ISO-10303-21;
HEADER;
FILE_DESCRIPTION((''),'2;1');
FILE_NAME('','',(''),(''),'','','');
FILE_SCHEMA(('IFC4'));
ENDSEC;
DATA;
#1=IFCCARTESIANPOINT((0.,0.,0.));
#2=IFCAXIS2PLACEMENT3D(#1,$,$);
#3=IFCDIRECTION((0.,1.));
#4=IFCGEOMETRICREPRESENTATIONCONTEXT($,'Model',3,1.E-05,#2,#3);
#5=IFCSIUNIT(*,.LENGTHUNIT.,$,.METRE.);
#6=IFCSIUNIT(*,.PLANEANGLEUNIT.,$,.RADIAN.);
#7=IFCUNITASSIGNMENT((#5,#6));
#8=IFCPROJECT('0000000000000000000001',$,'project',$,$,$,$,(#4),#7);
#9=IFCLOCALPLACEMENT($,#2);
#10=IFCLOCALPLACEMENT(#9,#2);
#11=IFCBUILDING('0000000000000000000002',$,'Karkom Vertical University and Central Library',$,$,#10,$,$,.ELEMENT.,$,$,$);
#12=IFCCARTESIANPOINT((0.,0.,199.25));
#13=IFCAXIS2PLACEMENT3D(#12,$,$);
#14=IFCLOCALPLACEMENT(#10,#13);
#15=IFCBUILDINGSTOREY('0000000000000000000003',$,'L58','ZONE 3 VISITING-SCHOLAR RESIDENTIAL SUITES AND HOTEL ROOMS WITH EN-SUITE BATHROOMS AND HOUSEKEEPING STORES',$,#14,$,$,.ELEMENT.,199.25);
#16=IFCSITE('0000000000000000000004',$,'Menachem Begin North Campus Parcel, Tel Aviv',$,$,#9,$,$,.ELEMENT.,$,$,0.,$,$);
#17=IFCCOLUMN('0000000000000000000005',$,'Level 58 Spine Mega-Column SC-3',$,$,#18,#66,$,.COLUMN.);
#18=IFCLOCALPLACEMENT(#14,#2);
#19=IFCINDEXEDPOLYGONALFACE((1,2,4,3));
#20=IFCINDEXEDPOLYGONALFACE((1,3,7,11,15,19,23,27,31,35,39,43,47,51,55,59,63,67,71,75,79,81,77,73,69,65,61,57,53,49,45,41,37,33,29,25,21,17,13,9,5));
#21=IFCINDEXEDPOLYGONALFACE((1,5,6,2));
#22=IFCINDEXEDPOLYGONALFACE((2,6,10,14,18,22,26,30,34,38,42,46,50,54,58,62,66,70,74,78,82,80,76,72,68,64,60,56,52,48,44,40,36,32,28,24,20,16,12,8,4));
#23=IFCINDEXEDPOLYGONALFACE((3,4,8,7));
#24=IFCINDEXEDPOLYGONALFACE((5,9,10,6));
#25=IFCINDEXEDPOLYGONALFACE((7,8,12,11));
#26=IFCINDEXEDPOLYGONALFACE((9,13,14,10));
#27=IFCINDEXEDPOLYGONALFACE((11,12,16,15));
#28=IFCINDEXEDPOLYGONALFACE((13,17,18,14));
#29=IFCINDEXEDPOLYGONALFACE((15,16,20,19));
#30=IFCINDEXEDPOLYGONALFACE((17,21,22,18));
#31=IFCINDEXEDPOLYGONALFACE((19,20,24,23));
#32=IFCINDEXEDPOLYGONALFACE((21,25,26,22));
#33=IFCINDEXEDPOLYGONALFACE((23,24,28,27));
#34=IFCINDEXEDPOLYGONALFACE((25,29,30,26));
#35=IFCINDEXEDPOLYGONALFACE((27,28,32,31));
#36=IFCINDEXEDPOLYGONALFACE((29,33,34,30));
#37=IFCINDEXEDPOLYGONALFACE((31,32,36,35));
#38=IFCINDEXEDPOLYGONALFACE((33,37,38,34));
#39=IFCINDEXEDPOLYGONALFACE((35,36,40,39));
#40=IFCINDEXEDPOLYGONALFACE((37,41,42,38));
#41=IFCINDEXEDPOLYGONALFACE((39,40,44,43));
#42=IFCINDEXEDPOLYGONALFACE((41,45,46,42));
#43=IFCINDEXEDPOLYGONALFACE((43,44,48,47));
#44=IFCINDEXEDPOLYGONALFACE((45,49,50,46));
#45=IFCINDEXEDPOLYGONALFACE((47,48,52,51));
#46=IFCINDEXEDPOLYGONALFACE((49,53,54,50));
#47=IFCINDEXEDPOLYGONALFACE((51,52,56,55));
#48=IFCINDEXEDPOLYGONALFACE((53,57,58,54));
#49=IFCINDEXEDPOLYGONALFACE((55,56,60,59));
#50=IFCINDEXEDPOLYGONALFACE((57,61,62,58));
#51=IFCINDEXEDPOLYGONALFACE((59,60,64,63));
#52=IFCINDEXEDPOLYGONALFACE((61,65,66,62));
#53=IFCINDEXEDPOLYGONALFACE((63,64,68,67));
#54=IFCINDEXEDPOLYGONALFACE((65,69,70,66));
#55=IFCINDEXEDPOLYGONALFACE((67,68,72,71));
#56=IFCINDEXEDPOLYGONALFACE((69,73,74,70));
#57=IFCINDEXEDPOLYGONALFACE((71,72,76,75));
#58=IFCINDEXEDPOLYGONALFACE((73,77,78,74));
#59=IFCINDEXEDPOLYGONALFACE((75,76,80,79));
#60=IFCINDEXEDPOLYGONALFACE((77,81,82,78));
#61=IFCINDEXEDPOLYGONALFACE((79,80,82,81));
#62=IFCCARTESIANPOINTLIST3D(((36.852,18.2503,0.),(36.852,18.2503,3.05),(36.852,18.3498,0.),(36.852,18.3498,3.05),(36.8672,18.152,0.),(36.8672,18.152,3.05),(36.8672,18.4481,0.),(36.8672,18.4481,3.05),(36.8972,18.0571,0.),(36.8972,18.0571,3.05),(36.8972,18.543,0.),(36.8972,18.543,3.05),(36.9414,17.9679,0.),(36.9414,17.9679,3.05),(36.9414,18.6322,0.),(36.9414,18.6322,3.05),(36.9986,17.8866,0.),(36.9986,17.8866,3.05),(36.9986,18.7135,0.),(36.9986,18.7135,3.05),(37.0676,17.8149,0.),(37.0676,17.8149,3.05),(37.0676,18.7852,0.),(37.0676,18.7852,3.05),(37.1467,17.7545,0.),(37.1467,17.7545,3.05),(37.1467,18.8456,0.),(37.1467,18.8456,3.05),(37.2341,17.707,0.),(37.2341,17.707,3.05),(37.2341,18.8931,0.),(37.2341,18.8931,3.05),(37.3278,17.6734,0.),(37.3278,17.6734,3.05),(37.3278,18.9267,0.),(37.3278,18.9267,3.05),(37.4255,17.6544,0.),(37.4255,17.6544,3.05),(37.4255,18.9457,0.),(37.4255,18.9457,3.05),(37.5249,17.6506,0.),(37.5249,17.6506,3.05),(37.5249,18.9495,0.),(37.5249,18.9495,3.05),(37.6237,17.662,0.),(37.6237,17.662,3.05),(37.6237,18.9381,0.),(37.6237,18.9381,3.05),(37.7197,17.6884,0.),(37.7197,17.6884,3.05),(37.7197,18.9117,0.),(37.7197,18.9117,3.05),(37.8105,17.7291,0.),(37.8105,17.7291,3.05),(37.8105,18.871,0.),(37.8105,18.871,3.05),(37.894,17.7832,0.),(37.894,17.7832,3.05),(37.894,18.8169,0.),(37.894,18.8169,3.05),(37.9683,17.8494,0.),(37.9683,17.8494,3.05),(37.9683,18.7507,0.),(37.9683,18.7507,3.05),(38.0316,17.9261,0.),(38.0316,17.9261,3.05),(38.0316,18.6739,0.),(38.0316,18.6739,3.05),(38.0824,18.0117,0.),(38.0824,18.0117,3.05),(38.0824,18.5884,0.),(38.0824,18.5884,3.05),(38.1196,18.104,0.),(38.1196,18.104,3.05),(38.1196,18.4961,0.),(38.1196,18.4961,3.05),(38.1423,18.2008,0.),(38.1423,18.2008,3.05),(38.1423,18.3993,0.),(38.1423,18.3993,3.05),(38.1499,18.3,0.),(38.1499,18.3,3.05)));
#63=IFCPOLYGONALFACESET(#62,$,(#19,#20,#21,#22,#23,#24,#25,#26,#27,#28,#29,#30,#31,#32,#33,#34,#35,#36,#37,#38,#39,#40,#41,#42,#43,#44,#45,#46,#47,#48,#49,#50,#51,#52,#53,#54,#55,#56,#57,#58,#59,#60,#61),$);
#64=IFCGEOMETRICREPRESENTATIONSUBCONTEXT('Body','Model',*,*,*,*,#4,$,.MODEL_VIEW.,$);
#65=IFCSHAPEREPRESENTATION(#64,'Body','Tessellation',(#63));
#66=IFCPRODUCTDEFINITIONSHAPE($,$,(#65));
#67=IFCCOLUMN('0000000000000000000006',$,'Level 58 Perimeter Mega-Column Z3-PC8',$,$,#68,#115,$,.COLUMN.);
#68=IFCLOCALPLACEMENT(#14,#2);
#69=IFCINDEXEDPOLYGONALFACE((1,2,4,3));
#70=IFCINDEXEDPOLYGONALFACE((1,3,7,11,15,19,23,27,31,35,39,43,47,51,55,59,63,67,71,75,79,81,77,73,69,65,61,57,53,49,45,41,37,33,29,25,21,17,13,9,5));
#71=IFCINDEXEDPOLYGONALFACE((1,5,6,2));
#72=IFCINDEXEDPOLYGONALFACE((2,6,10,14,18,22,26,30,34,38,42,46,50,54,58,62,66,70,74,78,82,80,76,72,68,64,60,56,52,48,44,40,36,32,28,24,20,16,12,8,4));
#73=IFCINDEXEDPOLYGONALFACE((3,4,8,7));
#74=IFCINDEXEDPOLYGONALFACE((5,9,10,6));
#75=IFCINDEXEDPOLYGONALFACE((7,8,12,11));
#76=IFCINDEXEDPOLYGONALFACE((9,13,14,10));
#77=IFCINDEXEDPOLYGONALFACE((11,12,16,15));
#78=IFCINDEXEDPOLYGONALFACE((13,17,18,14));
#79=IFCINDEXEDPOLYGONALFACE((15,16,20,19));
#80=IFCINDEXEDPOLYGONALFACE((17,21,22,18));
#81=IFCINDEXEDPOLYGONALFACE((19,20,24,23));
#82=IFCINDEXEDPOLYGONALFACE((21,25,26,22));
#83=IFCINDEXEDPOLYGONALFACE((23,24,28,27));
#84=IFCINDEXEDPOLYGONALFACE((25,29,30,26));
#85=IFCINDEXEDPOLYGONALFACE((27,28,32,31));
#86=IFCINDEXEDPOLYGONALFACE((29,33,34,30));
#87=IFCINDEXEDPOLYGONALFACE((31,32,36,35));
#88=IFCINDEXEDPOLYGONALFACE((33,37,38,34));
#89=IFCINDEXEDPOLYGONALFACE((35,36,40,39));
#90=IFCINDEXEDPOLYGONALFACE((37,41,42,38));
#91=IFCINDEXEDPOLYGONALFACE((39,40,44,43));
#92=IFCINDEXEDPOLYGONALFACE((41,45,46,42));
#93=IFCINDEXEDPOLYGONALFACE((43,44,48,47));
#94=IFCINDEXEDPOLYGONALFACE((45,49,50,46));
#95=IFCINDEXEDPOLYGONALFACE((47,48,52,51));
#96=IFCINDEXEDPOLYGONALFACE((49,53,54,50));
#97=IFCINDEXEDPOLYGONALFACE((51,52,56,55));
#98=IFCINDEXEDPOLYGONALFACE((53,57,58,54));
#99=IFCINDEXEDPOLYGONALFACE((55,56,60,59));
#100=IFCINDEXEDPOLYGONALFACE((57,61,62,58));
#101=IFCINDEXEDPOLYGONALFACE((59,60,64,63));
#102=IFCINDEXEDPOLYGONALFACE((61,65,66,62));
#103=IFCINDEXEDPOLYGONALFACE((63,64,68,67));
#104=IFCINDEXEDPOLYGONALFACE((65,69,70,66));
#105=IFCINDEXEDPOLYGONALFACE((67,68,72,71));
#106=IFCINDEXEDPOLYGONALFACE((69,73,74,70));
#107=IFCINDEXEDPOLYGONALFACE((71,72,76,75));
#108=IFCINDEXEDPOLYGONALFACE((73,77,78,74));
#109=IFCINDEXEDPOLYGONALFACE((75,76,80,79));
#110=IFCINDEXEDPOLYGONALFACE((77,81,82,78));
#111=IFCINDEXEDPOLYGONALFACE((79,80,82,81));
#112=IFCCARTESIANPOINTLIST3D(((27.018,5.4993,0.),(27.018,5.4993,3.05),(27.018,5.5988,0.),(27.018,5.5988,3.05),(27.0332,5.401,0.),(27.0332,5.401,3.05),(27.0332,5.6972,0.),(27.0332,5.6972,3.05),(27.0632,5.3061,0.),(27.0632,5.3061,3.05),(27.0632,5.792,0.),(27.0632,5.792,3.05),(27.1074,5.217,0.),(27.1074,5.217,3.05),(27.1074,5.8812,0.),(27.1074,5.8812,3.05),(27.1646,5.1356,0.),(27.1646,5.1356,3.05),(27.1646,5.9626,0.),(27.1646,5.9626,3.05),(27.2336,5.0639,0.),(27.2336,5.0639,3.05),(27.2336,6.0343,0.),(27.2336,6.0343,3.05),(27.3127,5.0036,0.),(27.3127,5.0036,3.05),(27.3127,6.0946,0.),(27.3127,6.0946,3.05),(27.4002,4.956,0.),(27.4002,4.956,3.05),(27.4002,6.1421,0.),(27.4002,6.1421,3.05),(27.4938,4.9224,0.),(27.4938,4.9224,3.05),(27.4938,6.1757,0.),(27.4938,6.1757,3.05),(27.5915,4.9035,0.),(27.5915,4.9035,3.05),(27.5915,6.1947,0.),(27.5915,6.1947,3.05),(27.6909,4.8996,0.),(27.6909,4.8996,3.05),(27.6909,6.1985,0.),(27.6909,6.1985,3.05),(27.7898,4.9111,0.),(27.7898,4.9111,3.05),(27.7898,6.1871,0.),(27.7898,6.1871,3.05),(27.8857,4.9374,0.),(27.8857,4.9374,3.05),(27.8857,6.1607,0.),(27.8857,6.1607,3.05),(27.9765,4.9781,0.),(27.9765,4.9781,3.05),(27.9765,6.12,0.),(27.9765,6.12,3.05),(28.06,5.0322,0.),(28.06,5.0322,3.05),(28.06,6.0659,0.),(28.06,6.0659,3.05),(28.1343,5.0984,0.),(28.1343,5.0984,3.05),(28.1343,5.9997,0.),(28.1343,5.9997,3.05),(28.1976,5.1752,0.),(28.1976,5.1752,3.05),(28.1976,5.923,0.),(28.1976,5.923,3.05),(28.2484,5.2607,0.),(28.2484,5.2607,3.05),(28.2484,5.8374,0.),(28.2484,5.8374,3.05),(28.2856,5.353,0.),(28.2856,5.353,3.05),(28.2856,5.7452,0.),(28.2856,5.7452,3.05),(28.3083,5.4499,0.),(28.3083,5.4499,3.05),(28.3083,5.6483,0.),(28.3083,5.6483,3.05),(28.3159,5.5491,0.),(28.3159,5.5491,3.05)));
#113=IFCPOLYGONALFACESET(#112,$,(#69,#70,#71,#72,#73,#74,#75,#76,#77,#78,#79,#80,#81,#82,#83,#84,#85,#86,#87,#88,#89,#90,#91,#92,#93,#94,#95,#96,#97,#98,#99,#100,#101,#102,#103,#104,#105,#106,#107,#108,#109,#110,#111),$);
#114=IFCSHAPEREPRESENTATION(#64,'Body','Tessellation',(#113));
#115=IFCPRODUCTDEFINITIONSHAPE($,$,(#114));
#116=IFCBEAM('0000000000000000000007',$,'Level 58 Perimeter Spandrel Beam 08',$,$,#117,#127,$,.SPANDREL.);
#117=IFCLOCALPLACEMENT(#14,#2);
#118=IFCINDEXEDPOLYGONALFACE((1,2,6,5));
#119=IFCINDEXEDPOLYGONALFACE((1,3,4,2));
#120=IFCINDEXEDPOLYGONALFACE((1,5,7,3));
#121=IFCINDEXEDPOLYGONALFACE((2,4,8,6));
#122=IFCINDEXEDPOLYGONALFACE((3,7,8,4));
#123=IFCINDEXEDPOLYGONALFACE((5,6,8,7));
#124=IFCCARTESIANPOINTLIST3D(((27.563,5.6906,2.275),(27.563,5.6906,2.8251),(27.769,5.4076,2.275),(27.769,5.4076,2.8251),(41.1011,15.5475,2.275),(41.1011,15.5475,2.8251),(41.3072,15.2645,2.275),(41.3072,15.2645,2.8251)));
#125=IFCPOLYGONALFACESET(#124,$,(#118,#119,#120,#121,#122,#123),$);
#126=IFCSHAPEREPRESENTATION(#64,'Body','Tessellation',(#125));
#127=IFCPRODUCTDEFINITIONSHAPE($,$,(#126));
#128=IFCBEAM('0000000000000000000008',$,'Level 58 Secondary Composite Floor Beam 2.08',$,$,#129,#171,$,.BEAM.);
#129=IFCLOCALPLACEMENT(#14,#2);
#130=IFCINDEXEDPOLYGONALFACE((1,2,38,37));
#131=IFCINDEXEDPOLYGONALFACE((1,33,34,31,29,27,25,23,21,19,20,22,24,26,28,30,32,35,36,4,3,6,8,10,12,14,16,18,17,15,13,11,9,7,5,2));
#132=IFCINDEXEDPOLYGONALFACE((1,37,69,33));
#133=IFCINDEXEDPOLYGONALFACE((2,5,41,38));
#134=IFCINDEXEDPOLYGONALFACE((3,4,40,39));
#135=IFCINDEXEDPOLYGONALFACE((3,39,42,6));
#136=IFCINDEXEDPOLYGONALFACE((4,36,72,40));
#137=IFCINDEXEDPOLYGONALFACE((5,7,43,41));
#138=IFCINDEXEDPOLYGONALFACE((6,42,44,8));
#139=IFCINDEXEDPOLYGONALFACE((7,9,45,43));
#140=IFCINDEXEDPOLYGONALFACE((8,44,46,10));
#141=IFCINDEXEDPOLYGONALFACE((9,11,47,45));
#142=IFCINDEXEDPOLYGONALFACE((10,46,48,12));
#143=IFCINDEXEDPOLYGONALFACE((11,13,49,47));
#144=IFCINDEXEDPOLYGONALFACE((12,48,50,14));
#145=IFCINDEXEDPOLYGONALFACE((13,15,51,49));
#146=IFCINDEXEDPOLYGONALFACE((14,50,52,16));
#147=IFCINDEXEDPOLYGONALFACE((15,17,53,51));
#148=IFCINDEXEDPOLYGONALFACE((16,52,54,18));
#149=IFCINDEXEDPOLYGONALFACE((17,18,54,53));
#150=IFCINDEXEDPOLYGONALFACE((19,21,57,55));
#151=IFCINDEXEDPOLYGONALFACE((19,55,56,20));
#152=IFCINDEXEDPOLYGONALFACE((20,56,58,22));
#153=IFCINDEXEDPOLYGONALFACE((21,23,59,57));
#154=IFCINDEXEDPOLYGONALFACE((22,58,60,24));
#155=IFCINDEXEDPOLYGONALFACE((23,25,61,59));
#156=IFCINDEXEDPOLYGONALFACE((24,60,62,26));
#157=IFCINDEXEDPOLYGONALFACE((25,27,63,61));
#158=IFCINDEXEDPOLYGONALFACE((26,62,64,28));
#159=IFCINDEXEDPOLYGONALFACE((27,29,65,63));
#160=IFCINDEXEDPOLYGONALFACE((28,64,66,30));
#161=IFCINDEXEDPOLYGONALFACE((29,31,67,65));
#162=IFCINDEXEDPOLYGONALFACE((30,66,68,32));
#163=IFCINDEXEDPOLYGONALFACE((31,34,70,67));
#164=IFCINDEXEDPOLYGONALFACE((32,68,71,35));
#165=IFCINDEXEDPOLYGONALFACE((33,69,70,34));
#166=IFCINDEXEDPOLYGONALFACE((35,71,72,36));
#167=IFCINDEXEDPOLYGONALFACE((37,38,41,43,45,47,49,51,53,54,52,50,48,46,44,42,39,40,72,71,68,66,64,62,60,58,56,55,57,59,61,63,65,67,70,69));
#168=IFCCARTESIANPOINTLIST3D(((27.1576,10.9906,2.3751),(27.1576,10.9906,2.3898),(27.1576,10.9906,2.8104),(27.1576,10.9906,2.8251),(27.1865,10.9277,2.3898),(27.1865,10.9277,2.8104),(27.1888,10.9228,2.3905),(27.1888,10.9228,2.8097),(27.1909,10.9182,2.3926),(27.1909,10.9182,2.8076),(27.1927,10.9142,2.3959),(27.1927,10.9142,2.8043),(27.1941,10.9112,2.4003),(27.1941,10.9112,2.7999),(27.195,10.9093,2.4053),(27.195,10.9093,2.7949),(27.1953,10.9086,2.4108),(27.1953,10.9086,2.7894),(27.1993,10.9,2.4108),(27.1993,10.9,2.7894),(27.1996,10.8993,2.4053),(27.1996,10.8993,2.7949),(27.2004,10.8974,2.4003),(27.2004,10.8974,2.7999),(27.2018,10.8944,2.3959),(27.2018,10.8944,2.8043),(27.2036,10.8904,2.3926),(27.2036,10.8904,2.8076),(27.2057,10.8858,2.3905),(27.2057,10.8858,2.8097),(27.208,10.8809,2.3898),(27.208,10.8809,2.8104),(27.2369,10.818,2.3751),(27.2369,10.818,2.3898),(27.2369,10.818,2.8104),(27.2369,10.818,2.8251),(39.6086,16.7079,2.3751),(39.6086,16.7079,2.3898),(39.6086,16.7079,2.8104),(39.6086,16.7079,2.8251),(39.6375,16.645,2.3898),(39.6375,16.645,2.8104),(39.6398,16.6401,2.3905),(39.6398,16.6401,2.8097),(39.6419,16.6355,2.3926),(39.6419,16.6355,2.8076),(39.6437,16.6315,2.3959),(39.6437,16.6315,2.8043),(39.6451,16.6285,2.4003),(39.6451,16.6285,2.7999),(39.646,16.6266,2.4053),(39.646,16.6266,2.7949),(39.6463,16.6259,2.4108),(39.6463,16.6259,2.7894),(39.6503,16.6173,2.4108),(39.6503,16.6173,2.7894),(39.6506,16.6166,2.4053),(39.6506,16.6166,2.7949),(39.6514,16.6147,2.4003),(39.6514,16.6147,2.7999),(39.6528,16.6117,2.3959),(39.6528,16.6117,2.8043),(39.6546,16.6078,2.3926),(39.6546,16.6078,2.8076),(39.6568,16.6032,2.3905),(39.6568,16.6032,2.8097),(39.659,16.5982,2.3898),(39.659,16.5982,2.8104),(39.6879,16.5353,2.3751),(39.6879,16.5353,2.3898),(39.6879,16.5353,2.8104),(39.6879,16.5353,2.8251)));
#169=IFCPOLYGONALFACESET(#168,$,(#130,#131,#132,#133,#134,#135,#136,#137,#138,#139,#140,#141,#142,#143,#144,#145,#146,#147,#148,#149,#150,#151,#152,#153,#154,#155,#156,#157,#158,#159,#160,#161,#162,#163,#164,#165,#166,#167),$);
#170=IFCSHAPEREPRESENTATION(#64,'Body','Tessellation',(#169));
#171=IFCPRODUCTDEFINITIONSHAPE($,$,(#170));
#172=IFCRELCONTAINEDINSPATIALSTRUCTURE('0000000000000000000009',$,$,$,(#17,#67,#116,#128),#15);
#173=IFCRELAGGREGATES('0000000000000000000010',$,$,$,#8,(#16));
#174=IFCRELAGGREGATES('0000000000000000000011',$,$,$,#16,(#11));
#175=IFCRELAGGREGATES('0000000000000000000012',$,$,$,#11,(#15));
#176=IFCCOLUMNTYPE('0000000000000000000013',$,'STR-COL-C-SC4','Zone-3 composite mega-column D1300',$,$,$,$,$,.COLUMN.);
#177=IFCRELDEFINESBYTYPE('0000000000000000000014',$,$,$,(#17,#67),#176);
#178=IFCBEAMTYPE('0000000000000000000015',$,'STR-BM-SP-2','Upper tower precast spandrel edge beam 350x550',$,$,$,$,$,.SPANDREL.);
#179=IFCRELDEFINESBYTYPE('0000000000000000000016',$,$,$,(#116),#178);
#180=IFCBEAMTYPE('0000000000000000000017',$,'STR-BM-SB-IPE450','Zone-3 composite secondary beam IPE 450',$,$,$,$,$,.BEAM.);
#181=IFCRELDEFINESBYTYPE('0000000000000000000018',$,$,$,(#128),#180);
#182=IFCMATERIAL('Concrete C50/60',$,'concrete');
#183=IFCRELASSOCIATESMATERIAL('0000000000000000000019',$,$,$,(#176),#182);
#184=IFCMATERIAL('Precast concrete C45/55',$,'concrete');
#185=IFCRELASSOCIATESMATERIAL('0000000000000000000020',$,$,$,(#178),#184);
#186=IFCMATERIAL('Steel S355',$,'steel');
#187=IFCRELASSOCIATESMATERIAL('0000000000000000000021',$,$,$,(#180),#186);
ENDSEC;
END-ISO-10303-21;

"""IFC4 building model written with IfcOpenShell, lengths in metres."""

from ifc_helpers import new_model, si_unit, direction, frame, origin, origin_with_axes, origin_2d, place, context, subcontext, project, spatial, rectangle, circle, i_section, extrude, source, transform, mapped, material, material_profile, profile_set, type_object, element, save


model = new_model("IFC4")

# Units and contexts
model_context = context("Model", 3, precision=1e-05, world=origin(), true_north=direction((0.0, 1.0)))
body_context = subcontext(model_context, "Body", "Model", "MODEL_VIEW")
ifc_project = project(units=[si_unit("LENGTHUNIT", "METRE"), si_unit("PLANEANGLEUNIT", "RADIAN")], contexts=[model_context])

# Site, building, storey
site_placement = place(None, origin())
site = spatial("IfcSite", under=ifc_project, at=site_placement, Name="Menachem Begin North Campus Parcel, Tel Aviv", CompositionType="ELEMENT", RefElevation=0.0)
building_placement = place(site_placement, origin())
building = spatial("IfcBuilding", under=site, at=building_placement, Name="Karkom Vertical University and Central Library", CompositionType="ELEMENT")
storey_placement = place(building_placement, frame((0.0, 0.0, 199.25)))
storey = spatial("IfcBuildingStorey", under=building, at=storey_placement, Name="L58", Description="ZONE 3 VISITING-SCHOLAR RESIDENTIAL SUITES AND HOTEL ROOMS WITH EN-SUITE BATHROOMS AND HOUSEKEEPING STORES", CompositionType="ELEMENT", Elevation=199.25)

# Columns
ifc_material_1 = material(Name="Concrete C50/60", Category="concrete")
ifc_material_profile_1 = material_profile(ifc_material_1, circle(Radius=0.6499, at=origin_2d()), Name="CFT-D1300")
ifc_profile_set_1 = profile_set([ifc_material_profile_1], Name="Concrete C50/60")
column_type = type_object("IfcColumnType", Name="STR-COL-C-SC4", Description="Zone-3 composite mega-column D1300", PredefinedType="COLUMN", material=ifc_profile_set_1)
shared_shape_1 = source(origin_with_axes(), body_context, "Body", "SweptSolid", [
    extrude(circle(Radius=0.6499, at=origin_2d()), origin(), (0.0, 0.0, 1.0), 3.05),
])
for number, where, z_axis, x_axis, name in (
    (1, (37.5, 18.3, 0.0), (0.0, 0.0, 1.0), (1.0, 0.0, 0.0), "Level 58 Spine Mega-Column SC-3"),
    (2, (27.666, 5.5491, 0.0), (0.0, 0.0, 1.0), (1.0, 0.0, 0.0), "Level 58 Perimeter Mega-Column Z3-PC8"),
):
    element("IfcColumn", number, at=place(storey_placement, frame(where, z_axis=z_axis, x_axis=x_axis)), inside=storey, type_object=column_type, Name=name, PredefinedType="COLUMN", context=body_context, shape_type="MappedRepresentation", body=[
        mapped(shared_shape_1, transform((0.0, 0.0, 0.0), scale=1.0)),
    ])

# Beams
ifc_material_2 = material(Name="Precast concrete C45/55", Category="concrete")
ifc_material_profile_2 = material_profile(ifc_material_2, rectangle(XDim=0.3501, YDim=0.55, at=origin_2d()), Name="SPB-350x550")
ifc_profile_set_2 = profile_set([ifc_material_profile_2], Name="Precast concrete C45/55")
beam_type_1 = type_object("IfcBeamType", Name="STR-BM-SP-2", Description="Upper tower precast spandrel edge beam 350x550", PredefinedType="SPANDREL", material=ifc_profile_set_2)
shared_shape_2 = source(origin_with_axes(), body_context, "Body", "SweptSolid", [
    extrude(rectangle(XDim=0.3501, YDim=0.55, at=origin_2d()), origin(), (0.0, 0.0, 1.0), 16.7463),
])
beam_1_placement = place(storey_placement, frame((27.666, 5.5491, 2.55), z_axis=(0.808422, 0.588603, 0.0), x_axis=(-0.588603, 0.808422, 0.0)))
element("IfcBeam", 3, at=beam_1_placement, inside=storey, type_object=beam_type_1, Name="Level 58 Perimeter Spandrel Beam 08", PredefinedType="SPANDREL", context=body_context, shape_type="MappedRepresentation", body=[
    mapped(shared_shape_2, transform((0.0, 0.0, 0.0), scale=1.0)),
])
ifc_material_3 = material(Name="Steel S355", Category="steel")
ifc_material_profile_3 = material_profile(ifc_material_3, i_section(OverallWidth=0.1899, OverallDepth=0.45, WebThickness=0.0095, FlangeThickness=0.0146, FilletRadius=0.021, at=origin_2d()), Name="IPE 450")
ifc_profile_set_3 = profile_set([ifc_material_profile_3], Name="Steel S355")
beam_type_2 = type_object("IfcBeamType", Name="STR-BM-SB-IPE450", Description="Zone-3 composite secondary beam IPE 450", PredefinedType="BEAM", material=ifc_profile_set_3)
shared_shape_3 = source(origin_with_axes(), body_context, "Body", "SweptSolid", [
    extrude(i_section(OverallWidth=0.1899, OverallDepth=0.45, WebThickness=0.0095, FlangeThickness=0.0146, FilletRadius=0.021, at=origin_2d()), origin(), (0.0, 0.0, 1.0), 13.7009),
])
beam_2_placement = place(storey_placement, frame((27.1973, 10.9043, 2.6001), z_axis=(0.908771, 0.417295, 0.0), x_axis=(-0.417295, 0.908771, 0.0)))
element("IfcBeam", 4, at=beam_2_placement, inside=storey, type_object=beam_type_2, Name="Level 58 Secondary Composite Floor Beam 2.08", PredefinedType="BEAM", context=body_context, shape_type="MappedRepresentation", body=[
    mapped(shared_shape_3, transform((0.0, 0.0, 0.0), scale=1.0)),
])

save(model, "model.ifc")
